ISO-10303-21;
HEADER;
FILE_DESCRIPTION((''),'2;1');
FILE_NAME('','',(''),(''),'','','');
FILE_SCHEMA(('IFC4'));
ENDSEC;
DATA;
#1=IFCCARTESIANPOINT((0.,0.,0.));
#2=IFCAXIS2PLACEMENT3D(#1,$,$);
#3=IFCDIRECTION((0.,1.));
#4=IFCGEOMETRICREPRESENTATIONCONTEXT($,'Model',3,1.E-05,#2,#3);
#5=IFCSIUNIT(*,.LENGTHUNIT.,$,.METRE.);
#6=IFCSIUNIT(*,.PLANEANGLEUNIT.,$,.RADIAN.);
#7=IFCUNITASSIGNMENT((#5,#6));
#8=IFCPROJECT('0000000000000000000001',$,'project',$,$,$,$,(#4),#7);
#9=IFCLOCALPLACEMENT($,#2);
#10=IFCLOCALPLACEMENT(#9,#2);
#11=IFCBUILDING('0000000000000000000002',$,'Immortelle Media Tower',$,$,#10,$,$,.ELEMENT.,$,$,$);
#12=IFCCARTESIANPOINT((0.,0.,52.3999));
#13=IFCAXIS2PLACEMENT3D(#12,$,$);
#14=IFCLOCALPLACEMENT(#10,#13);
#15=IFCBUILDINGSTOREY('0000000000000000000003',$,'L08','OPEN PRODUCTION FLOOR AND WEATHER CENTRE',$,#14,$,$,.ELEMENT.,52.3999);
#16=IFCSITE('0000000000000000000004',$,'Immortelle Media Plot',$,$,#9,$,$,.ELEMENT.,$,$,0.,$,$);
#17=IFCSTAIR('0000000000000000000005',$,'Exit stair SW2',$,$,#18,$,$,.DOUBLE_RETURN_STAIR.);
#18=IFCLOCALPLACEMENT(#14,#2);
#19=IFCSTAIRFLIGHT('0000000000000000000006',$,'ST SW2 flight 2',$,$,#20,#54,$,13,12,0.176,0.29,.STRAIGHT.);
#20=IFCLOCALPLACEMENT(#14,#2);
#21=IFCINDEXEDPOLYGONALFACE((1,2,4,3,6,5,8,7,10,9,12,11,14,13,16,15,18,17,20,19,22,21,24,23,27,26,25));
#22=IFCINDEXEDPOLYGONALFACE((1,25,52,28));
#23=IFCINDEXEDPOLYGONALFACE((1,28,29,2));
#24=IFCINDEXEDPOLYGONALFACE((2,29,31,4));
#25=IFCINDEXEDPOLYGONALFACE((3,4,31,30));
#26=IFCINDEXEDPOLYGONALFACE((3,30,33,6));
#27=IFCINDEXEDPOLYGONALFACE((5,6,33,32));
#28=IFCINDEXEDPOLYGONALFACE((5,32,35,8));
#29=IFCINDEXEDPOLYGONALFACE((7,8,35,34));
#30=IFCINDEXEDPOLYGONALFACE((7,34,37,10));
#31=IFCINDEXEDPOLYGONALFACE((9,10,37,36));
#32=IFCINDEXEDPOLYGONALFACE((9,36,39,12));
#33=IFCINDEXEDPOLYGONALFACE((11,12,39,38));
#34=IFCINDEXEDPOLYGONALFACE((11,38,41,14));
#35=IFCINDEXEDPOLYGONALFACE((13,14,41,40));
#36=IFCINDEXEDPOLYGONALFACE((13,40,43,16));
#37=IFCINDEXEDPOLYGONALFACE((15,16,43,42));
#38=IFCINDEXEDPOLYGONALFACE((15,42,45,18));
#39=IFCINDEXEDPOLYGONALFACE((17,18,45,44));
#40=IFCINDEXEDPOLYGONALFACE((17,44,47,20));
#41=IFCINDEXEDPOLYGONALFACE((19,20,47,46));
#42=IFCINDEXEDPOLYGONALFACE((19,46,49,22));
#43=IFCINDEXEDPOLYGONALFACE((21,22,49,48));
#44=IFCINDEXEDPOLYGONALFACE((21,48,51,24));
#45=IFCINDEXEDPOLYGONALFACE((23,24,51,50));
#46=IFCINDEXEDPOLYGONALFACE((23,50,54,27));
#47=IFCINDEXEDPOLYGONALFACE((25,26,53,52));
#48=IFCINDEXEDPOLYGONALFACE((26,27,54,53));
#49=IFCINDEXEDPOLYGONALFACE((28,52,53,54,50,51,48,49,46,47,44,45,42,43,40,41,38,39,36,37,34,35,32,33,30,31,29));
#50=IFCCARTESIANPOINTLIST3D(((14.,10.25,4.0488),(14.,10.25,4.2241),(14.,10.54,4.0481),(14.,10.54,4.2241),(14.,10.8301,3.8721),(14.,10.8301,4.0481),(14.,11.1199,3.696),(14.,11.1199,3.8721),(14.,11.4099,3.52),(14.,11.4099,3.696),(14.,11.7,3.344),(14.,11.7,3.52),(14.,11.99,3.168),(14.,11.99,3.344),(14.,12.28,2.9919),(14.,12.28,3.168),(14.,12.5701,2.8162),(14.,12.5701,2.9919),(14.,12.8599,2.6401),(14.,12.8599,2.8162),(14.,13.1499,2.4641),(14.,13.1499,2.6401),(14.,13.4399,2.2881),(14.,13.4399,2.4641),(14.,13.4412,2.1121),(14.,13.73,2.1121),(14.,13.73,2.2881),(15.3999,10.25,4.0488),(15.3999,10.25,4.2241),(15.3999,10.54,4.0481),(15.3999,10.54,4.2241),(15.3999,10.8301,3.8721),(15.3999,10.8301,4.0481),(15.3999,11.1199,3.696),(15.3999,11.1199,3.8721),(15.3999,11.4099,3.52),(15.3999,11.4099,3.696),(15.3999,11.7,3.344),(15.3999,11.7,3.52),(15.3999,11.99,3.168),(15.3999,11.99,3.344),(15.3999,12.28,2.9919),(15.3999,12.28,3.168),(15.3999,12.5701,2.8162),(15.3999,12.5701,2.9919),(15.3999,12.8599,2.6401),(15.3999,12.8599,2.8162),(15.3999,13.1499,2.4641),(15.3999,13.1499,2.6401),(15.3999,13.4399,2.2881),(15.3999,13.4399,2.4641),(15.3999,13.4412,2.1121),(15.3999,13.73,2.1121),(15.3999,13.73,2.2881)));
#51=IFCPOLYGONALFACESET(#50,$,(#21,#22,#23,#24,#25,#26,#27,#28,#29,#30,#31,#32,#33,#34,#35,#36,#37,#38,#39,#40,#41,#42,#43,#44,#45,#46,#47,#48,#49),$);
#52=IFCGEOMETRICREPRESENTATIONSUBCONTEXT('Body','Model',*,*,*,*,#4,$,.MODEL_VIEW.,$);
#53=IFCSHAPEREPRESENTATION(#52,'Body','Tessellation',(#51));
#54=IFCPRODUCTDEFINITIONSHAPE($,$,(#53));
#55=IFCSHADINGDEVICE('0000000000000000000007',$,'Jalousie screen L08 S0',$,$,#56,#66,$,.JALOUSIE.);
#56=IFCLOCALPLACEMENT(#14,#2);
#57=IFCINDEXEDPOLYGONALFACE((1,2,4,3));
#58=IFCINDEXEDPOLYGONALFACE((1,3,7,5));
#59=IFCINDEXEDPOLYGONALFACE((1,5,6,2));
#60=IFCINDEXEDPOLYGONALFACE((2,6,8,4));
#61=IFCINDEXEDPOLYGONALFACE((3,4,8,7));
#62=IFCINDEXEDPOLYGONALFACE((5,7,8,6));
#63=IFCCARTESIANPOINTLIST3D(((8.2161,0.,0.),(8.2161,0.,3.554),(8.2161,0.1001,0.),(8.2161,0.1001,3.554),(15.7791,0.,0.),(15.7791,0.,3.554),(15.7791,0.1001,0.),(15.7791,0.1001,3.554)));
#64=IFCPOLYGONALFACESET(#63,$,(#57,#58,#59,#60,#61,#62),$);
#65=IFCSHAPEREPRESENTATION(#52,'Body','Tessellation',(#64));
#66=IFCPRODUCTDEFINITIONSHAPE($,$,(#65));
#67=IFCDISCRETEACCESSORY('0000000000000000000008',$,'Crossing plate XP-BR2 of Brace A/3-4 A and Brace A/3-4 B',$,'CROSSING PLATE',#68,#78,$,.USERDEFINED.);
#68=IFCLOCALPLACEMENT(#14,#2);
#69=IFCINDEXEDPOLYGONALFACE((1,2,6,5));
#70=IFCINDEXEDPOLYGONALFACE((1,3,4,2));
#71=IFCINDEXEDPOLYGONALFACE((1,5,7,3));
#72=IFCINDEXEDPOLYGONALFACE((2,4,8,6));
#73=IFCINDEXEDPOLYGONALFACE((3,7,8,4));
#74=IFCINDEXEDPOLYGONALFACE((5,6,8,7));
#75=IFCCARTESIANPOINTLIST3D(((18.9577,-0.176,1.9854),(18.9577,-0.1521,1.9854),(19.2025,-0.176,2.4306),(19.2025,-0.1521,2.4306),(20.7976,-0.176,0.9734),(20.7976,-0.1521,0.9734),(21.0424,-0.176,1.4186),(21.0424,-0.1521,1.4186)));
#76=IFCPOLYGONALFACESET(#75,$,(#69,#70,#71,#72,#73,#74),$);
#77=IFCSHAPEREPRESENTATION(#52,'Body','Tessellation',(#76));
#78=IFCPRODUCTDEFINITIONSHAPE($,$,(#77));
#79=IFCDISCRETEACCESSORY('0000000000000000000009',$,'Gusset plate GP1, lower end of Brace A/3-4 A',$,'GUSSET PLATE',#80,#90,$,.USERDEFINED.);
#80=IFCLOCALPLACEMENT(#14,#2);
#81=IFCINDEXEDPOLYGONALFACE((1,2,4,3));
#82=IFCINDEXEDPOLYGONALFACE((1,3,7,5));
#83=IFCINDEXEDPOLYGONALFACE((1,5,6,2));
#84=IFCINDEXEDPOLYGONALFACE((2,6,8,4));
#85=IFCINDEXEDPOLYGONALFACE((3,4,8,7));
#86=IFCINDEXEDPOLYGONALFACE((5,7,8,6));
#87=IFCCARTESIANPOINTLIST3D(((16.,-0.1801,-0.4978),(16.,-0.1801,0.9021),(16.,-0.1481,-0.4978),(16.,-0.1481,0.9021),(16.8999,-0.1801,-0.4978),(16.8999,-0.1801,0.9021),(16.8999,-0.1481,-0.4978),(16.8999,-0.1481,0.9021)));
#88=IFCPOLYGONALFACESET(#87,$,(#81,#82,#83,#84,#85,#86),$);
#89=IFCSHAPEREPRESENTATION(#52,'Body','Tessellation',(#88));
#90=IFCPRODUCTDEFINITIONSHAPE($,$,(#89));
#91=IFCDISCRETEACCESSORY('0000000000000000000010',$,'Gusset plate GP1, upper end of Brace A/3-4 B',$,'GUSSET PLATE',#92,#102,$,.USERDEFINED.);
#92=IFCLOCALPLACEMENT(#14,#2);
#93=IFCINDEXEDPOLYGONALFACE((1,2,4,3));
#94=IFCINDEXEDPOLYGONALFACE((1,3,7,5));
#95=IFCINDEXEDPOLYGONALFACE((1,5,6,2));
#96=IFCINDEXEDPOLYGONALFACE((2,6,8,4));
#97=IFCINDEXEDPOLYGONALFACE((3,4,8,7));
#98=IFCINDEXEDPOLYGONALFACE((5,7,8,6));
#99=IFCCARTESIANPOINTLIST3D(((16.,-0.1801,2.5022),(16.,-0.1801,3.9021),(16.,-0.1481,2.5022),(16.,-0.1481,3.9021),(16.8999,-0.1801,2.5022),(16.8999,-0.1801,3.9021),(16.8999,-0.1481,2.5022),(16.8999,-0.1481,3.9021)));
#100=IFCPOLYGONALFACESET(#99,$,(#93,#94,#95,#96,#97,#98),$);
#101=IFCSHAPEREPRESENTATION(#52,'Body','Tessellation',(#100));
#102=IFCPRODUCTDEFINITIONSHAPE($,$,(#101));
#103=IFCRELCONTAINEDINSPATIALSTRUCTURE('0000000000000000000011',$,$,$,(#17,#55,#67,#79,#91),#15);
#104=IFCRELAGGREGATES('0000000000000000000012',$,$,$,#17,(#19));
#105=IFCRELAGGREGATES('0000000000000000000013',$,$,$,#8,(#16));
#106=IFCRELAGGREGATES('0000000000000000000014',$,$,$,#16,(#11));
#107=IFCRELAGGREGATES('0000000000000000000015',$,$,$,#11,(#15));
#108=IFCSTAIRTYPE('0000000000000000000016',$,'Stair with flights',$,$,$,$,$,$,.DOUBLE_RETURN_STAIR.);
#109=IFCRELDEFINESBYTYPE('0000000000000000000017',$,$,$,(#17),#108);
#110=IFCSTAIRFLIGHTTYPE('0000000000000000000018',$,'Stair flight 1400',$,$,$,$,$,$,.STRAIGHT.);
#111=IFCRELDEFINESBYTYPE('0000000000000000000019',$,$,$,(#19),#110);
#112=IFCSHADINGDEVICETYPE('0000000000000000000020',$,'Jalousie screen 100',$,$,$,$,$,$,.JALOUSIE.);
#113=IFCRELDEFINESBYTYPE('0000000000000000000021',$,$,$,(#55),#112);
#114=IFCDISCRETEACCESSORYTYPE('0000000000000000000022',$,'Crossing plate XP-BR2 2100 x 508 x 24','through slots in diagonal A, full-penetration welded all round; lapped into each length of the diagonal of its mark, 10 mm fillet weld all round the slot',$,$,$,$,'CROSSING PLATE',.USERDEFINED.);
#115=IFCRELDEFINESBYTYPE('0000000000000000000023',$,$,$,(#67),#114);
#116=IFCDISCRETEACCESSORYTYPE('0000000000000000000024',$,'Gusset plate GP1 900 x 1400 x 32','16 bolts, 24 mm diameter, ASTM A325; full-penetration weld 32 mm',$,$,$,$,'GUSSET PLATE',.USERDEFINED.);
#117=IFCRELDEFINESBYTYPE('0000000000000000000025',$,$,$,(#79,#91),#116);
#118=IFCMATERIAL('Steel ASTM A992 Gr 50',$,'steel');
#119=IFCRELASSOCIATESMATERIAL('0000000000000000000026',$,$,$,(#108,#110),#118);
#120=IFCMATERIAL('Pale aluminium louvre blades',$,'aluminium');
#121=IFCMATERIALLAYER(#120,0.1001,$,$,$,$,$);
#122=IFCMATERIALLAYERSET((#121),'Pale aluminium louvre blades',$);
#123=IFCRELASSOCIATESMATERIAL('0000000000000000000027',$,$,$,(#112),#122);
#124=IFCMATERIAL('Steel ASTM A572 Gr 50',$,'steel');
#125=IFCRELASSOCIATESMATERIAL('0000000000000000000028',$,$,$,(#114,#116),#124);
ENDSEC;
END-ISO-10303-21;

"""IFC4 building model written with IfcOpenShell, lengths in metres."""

from ifc_helpers import new_model, si_unit, direction, frame, origin, origin_2d, place, context, subcontext, project, spatial, polyline, rectangle, outline, extrude, material, layer, layer_set, material_profile, profile_set, type_object, element, aggregate, save


model = new_model("IFC4")

# Units and contexts
model_context = context("Model", 3, precision=1e-05, world=origin(), true_north=direction((0.0, 1.0)))
body_context = subcontext(model_context, "Body", "Model", "MODEL_VIEW")
ifc_project = project(units=[si_unit("LENGTHUNIT", "METRE"), si_unit("PLANEANGLEUNIT", "RADIAN")], contexts=[model_context])

# Site, building, storey
site_placement = place(None, origin())
site = spatial("IfcSite", under=ifc_project, at=site_placement, Name="Immortelle Media Plot", CompositionType="ELEMENT", RefElevation=0.0)
building_placement = place(site_placement, origin())
building = spatial("IfcBuilding", under=site, at=building_placement, Name="Immortelle Media Tower", CompositionType="ELEMENT")
storey_placement = place(building_placement, frame((0.0, 0.0, 52.3999)))
storey = spatial("IfcBuildingStorey", under=building, at=storey_placement, Name="L08", Description="OPEN PRODUCTION FLOOR AND WEATHER CENTRE", CompositionType="ELEMENT", Elevation=52.3999)

# Shared definitions
ifc_material_1 = material(Name="Steel ASTM A992 Gr 50", Category="steel")

# Stair, stair flight
stair_type = type_object("IfcStairType", Name="Stair with flights", PredefinedType="DOUBLE_RETURN_STAIR", material=ifc_material_1)
stair_placement = place(storey_placement, origin())
stair = element("IfcStair", 1, at=stair_placement, inside=storey, type_object=stair_type, Name="Exit stair SW2", PredefinedType="DOUBLE_RETURN_STAIR")
stair_flight_type = type_object("IfcStairFlightType", Name="Stair flight 1400", PredefinedType="STRAIGHT", material=ifc_material_1)
stair_flight_1_placement = place(storey_placement, frame((14.7, 13.73, 2.1121), z_axis=(0.0, 0.0, 1.0), x_axis=(0.0, -1.0, 0.0)))
stair_flight_1 = element("IfcStairFlight", 2, at=stair_flight_1_placement, type_object=stair_flight_type, Name="ST SW2 flight 2", NumberOfRisers=13, NumberOfTreads=12, PredefinedType="STRAIGHT", RiserHeight=0.176, TreadLength=0.29, context=body_context, shape_type="SweptSolid", body=[
    extrude(outline(polyline([(0.0, 0.0), (0.0, 0.176), (0.29, 0.176), (0.29, 0.3521), (0.5801, 0.3521), (0.5801, 0.5281), (0.8701, 0.5281), (0.8701, 0.7041), (1.1599, 0.7041), (1.1599, 0.8799), (1.45, 0.8799), (1.45, 1.0559), (1.74, 1.0559), (1.74, 1.2319), (2.03, 1.2319), (2.03, 1.408), (2.3201, 1.408), (2.3201, 1.584), (2.6101, 1.584), (2.6101, 1.76), (2.8999, 1.76), (2.8999, 1.936), (3.1899, 1.936), (3.1899, 2.1121), (3.48, 2.1121), (3.48, 2.2881), (3.48, 1.9368), (0.2888, 0.0), (0.0, 0.0)])), frame((0.0, 0.7, 0.0), z_axis=(0.0, -1.0, 0.0), x_axis=(1.0, 0.0, 0.0)), (0.0, 0.0, 1.0), 1.3999),
])
aggregate(stair, [stair_flight_1])

# Shading device
ifc_material_2 = material(Name="Pale aluminium louvre blades", Category="aluminium")
ifc_layer_1 = layer(ifc_material_2, 0.1001)
ifc_layer_set_1 = layer_set([ifc_layer_1], Name="Pale aluminium louvre blades")
shading_device_type = type_object("IfcShadingDeviceType", Name="Jalousie screen 100", PredefinedType="JALOUSIE", material=ifc_layer_set_1)
shading_device_placement = place(storey_placement, frame((11.9976, 0.05, 0.0), z_axis=(0.0, 0.0, 1.0), x_axis=(1.0, 0.0, 0.0)))
element("IfcShadingDevice", 3, at=shading_device_placement, inside=storey, type_object=shading_device_type, Name="Jalousie screen L08 S0", PredefinedType="JALOUSIE", context=body_context, shape_type="SweptSolid", body=[
    extrude(rectangle(XDim=7.563, YDim=0.1001, at=origin_2d()), origin(), (0.0, 0.0, 1.0), 3.554),
])

# Discrete accessories
ifc_material_3 = material(Name="Steel ASTM A572 Gr 50", Category="steel")
ifc_material_profile_1 = material_profile(ifc_material_3, rectangle(XDim=0.0239, YDim=0.5081, at=origin_2d()), Name="PL 24 x 508")
ifc_profile_set_1 = profile_set([ifc_material_profile_1], Name="Steel ASTM A572 Gr 50")
discrete_accessory_type_1 = type_object("IfcDiscreteAccessoryType", Name="Crossing plate XP-BR2 2100 x 508 x 24", Description="through slots in diagonal A, full-penetration welded all round; lapped into each length of the diagonal of its mark, 10 mm fillet weld all round the slot", ElementType="CROSSING PLATE", PredefinedType="USERDEFINED", material=ifc_profile_set_1)
discrete_accessory_placement = place(storey_placement, frame((19.0801, -0.1641, 2.208), z_axis=(0.876206, 0.0, -0.481937), x_axis=(0.0, 1.0, 0.0)))
element("IfcDiscreteAccessory", 4, at=discrete_accessory_placement, inside=storey, type_object=discrete_accessory_type_1, Name="Crossing plate XP-BR2 of Brace A/3-4 A and Brace A/3-4 B", ObjectType="CROSSING PLATE", PredefinedType="USERDEFINED", context=body_context, shape_type="SweptSolid", body=[
    extrude(rectangle(XDim=0.0239, YDim=0.5081, at=origin_2d()), origin(), (0.0, 0.0, 1.0), 2.0999),
])
ifc_material_profile_2 = material_profile(ifc_material_3, rectangle(XDim=0.032, YDim=1.3999, at=origin_2d()), Name="PL 32 x 1400")
ifc_profile_set_2 = profile_set([ifc_material_profile_2], Name="Steel ASTM A572 Gr 50")
discrete_accessory_type_2 = type_object("IfcDiscreteAccessoryType", Name="Gusset plate GP1 900 x 1400 x 32", Description="16 bolts, 24 mm diameter, ASTM A325; full-penetration weld 32 mm", ElementType="GUSSET PLATE", PredefinedType="USERDEFINED", material=ifc_profile_set_2)
for number, where, z_axis, x_axis, name in (
    (5, (16.0, -0.1641, 0.2021), (1.0, 0.0, 0.0), (0.0, 1.0, 0.0), "Gusset plate GP1, lower end of Brace A/3-4 A"),
    (6, (16.0, -0.1641, 3.2021), (1.0, 0.0, 0.0), (0.0, 1.0, 0.0), "Gusset plate GP1, upper end of Brace A/3-4 B"),
):
    element("IfcDiscreteAccessory", number, at=place(storey_placement, frame(where, z_axis=z_axis, x_axis=x_axis)), inside=storey, type_object=discrete_accessory_type_2, Name=name, ObjectType="GUSSET PLATE", PredefinedType="USERDEFINED", context=body_context, shape_type="SweptSolid", body=[
        extrude(rectangle(XDim=0.032, YDim=1.3999, at=origin_2d()), origin(), (0.0, 0.0, 1.0), 0.8999),
    ])

save(model, "model.ifc")
